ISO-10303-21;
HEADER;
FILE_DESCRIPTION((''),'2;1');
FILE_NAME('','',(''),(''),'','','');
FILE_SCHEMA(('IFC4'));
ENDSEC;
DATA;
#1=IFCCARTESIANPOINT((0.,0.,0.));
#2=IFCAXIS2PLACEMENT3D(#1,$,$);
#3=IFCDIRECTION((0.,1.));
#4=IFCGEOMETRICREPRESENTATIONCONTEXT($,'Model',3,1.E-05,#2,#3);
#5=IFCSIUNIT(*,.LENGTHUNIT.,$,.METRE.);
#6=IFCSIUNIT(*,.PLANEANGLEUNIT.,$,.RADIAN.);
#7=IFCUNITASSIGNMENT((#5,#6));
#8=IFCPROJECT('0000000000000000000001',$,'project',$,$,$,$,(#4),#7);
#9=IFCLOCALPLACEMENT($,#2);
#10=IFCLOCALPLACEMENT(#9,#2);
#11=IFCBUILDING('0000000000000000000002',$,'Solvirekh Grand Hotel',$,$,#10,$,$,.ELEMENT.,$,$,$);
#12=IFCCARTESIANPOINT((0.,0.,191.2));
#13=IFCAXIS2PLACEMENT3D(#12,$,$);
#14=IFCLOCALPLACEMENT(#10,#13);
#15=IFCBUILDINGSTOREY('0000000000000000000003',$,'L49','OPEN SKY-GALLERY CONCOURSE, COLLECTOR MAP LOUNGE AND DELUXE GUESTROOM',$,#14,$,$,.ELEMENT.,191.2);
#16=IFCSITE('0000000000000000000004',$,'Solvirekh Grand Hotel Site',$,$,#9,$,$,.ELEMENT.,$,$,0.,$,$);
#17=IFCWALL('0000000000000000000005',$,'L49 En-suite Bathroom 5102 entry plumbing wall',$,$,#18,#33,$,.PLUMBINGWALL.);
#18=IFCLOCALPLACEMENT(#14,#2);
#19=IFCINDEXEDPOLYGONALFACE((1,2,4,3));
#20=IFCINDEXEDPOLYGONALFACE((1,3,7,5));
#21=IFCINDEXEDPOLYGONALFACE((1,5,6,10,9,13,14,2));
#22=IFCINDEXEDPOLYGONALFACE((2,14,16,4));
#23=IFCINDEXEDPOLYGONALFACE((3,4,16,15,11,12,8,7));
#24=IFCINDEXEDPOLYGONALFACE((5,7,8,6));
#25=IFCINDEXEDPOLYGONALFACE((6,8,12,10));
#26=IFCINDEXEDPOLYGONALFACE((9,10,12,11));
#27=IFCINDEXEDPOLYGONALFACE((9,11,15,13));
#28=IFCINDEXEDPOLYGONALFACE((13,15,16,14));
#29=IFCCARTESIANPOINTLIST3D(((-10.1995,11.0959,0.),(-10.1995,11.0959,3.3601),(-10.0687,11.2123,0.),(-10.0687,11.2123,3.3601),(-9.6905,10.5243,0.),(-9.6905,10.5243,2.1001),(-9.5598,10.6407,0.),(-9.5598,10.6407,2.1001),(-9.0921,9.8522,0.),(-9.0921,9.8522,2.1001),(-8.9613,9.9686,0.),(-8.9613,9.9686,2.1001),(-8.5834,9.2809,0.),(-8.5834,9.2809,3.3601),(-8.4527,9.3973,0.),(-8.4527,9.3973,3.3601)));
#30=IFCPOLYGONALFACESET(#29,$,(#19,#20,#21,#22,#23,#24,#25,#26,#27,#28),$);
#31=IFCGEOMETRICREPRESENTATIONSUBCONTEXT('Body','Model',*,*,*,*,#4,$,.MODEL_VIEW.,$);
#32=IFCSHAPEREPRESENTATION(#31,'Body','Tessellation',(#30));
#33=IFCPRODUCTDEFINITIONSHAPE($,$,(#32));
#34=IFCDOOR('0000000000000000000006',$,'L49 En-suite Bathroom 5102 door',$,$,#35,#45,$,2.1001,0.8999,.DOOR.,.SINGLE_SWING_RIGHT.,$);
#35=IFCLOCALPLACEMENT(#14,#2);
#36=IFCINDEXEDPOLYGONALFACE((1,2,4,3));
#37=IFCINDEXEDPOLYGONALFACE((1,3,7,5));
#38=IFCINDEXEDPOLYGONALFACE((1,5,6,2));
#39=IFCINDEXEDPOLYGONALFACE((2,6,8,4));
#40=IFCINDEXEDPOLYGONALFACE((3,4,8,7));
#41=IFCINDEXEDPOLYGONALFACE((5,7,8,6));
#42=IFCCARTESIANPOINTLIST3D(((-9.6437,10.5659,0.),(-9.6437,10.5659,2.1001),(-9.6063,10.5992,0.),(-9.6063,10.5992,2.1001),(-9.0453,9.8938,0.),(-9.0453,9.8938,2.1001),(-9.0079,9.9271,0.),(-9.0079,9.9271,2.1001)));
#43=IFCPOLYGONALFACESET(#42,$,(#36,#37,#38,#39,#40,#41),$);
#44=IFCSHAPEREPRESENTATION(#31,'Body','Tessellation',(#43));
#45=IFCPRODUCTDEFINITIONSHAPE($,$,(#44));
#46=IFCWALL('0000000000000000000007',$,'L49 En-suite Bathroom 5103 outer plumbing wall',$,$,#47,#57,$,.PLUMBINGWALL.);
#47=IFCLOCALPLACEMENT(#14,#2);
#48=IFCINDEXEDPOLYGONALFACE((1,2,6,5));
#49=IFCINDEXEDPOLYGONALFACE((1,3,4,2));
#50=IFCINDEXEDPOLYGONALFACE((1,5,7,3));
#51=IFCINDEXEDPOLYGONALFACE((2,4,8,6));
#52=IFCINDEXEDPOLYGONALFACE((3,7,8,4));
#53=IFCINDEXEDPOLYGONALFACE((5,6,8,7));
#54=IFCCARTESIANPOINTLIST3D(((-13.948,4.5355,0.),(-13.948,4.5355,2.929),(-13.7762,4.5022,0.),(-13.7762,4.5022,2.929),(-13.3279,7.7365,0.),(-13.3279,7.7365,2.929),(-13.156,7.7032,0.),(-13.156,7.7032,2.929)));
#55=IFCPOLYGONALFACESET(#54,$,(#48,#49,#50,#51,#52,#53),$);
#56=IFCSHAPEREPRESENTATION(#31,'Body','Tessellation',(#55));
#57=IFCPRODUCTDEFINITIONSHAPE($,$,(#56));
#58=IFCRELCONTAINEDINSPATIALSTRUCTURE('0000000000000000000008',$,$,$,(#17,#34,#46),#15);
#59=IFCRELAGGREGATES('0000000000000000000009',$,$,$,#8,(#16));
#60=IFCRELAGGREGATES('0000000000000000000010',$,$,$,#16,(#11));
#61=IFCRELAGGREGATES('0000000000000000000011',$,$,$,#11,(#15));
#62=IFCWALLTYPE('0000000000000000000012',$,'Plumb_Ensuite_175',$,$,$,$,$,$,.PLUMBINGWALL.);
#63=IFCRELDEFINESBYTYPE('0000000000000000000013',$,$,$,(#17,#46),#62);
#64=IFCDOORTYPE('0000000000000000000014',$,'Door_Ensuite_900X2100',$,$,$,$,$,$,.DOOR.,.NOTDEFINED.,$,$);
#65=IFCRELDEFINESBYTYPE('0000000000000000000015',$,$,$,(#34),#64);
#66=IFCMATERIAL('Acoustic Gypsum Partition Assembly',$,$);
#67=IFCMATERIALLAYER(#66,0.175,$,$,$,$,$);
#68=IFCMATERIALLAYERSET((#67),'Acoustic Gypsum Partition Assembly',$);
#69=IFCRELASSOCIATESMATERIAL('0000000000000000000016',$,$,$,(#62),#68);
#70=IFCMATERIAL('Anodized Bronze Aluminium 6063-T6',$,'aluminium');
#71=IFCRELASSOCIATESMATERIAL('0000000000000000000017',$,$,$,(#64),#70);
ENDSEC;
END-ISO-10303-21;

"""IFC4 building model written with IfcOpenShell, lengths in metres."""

from ifc_helpers import new_model, si_unit, direction, frame, frame_2d, origin, place, context, subcontext, project, spatial, rectangle, extrude, material, layer, layer_set, type_object, element, fill, save


model = new_model("IFC4")

# Units and contexts
model_context = context("Model", 3, precision=1e-05, world=origin(), true_north=direction((0.0, 1.0)))
body_context = subcontext(model_context, "Body", "Model", "MODEL_VIEW")
ifc_project = project(units=[si_unit("LENGTHUNIT", "METRE"), si_unit("PLANEANGLEUNIT", "RADIAN")], contexts=[model_context])

# Site, building, storey
site_placement = place(None, origin())
site = spatial("IfcSite", under=ifc_project, at=site_placement, Name="Solvirekh Grand Hotel Site", CompositionType="ELEMENT", RefElevation=0.0)
building_placement = place(site_placement, origin())
building = spatial("IfcBuilding", under=site, at=building_placement, Name="Solvirekh Grand Hotel", CompositionType="ELEMENT")
storey_placement = place(building_placement, frame((0.0, 0.0, 191.2)))
storey = spatial("IfcBuildingStorey", under=building, at=storey_placement, Name="L49", Description="OPEN SKY-GALLERY CONCOURSE, COLLECTOR MAP LOUNGE AND DELUXE GUESTROOM", CompositionType="ELEMENT", Elevation=191.2)

# Shared definitions
ifc_material_1 = material(Name="Acoustic Gypsum Partition Assembly")

# Wall, opening, door
ifc_layer_1 = layer(ifc_material_1, 0.175)
ifc_layer_set_1 = layer_set([ifc_layer_1], Name="Acoustic Gypsum Partition Assembly")
wall_type_1 = type_object("IfcWallType", Name="Plumb_Ensuite_175", PredefinedType="PLUMBINGWALL", material=ifc_layer_set_1)
wall_1_placement = place(storey_placement, frame((-8.5181, 9.3391, 0.0), z_axis=(0.0, 0.0, 1.0), x_axis=(-0.664981, 0.74686, 0.0)))
wall_1 = element("IfcWall", 1, at=wall_1_placement, inside=storey, type_object=wall_type_1, Name="L49 En-suite Bathroom 5102 entry plumbing wall", PredefinedType="PLUMBINGWALL", context=body_context, shape_type="SweptSolid", body=[
    extrude(rectangle(XDim=2.4302, YDim=0.175, at=frame_2d((1.2151, 0.0))), origin(), (0.0, 0.0, 1.0), 3.3601),
])
opening_1_placement = place(wall_1_placement, frame((0.7649, 0.0, 0.0)))
opening_1 = element("IfcOpeningElement", 2, at=opening_1_placement, cuts=wall_1, PredefinedType="OPENING", context=body_context, shape_type="SweptSolid", body=[
    extrude(rectangle(XDim=0.8999, YDim=2.1001, at=frame_2d((0.45, 1.05))), frame((0.0, 0.0977, 0.0), z_axis=(0.0, -1.0, 0.0), x_axis=(1.0, 0.0, 0.0)), (0.0, 0.0, 1.0), 0.1951),
])
ifc_material_2 = material(Name="Anodized Bronze Aluminium 6063-T6", Category="aluminium")
door_type_1 = type_object("IfcDoorType", Name="Door_Ensuite_900X2100", OperationType="NOTDEFINED", PredefinedType="DOOR", material=ifc_material_2)
door_1_placement = place(opening_1_placement, origin())
door_1 = element("IfcDoor", 3, at=door_1_placement, inside=storey, type_object=door_type_1, Name="L49 En-suite Bathroom 5102 door", OperationType="SINGLE_SWING_RIGHT", OverallHeight=2.1001, OverallWidth=0.8999, PredefinedType="DOOR", context=body_context, shape_type="SweptSolid", body=[
    extrude(rectangle(XDim=0.8999, YDim=2.1001, at=frame_2d((0.45, 1.05))), frame((0.0, 0.0249, 0.0), z_axis=(0.0, -1.0, 0.0), x_axis=(1.0, 0.0, 0.0)), (0.0, 0.0, 1.0), 0.05),
])
fill(opening_1, door_1)

# Wall
wall_2_placement = place(storey_placement, frame((-13.2419, 7.72, 0.0), z_axis=(0.0, 0.0, 1.0), x_axis=(-0.190194, -0.981746, 0.0)))
element("IfcWall", 4, at=wall_2_placement, inside=storey, type_object=wall_type_1, Name="L49 En-suite Bathroom 5103 outer plumbing wall", PredefinedType="PLUMBINGWALL", context=body_context, shape_type="SweptSolid", body=[
    extrude(rectangle(XDim=3.2605, YDim=0.175, at=frame_2d((1.6304, 0.0))), origin(), (0.0, 0.0, 1.0), 2.929),
])

save(model, "model.ifc")
